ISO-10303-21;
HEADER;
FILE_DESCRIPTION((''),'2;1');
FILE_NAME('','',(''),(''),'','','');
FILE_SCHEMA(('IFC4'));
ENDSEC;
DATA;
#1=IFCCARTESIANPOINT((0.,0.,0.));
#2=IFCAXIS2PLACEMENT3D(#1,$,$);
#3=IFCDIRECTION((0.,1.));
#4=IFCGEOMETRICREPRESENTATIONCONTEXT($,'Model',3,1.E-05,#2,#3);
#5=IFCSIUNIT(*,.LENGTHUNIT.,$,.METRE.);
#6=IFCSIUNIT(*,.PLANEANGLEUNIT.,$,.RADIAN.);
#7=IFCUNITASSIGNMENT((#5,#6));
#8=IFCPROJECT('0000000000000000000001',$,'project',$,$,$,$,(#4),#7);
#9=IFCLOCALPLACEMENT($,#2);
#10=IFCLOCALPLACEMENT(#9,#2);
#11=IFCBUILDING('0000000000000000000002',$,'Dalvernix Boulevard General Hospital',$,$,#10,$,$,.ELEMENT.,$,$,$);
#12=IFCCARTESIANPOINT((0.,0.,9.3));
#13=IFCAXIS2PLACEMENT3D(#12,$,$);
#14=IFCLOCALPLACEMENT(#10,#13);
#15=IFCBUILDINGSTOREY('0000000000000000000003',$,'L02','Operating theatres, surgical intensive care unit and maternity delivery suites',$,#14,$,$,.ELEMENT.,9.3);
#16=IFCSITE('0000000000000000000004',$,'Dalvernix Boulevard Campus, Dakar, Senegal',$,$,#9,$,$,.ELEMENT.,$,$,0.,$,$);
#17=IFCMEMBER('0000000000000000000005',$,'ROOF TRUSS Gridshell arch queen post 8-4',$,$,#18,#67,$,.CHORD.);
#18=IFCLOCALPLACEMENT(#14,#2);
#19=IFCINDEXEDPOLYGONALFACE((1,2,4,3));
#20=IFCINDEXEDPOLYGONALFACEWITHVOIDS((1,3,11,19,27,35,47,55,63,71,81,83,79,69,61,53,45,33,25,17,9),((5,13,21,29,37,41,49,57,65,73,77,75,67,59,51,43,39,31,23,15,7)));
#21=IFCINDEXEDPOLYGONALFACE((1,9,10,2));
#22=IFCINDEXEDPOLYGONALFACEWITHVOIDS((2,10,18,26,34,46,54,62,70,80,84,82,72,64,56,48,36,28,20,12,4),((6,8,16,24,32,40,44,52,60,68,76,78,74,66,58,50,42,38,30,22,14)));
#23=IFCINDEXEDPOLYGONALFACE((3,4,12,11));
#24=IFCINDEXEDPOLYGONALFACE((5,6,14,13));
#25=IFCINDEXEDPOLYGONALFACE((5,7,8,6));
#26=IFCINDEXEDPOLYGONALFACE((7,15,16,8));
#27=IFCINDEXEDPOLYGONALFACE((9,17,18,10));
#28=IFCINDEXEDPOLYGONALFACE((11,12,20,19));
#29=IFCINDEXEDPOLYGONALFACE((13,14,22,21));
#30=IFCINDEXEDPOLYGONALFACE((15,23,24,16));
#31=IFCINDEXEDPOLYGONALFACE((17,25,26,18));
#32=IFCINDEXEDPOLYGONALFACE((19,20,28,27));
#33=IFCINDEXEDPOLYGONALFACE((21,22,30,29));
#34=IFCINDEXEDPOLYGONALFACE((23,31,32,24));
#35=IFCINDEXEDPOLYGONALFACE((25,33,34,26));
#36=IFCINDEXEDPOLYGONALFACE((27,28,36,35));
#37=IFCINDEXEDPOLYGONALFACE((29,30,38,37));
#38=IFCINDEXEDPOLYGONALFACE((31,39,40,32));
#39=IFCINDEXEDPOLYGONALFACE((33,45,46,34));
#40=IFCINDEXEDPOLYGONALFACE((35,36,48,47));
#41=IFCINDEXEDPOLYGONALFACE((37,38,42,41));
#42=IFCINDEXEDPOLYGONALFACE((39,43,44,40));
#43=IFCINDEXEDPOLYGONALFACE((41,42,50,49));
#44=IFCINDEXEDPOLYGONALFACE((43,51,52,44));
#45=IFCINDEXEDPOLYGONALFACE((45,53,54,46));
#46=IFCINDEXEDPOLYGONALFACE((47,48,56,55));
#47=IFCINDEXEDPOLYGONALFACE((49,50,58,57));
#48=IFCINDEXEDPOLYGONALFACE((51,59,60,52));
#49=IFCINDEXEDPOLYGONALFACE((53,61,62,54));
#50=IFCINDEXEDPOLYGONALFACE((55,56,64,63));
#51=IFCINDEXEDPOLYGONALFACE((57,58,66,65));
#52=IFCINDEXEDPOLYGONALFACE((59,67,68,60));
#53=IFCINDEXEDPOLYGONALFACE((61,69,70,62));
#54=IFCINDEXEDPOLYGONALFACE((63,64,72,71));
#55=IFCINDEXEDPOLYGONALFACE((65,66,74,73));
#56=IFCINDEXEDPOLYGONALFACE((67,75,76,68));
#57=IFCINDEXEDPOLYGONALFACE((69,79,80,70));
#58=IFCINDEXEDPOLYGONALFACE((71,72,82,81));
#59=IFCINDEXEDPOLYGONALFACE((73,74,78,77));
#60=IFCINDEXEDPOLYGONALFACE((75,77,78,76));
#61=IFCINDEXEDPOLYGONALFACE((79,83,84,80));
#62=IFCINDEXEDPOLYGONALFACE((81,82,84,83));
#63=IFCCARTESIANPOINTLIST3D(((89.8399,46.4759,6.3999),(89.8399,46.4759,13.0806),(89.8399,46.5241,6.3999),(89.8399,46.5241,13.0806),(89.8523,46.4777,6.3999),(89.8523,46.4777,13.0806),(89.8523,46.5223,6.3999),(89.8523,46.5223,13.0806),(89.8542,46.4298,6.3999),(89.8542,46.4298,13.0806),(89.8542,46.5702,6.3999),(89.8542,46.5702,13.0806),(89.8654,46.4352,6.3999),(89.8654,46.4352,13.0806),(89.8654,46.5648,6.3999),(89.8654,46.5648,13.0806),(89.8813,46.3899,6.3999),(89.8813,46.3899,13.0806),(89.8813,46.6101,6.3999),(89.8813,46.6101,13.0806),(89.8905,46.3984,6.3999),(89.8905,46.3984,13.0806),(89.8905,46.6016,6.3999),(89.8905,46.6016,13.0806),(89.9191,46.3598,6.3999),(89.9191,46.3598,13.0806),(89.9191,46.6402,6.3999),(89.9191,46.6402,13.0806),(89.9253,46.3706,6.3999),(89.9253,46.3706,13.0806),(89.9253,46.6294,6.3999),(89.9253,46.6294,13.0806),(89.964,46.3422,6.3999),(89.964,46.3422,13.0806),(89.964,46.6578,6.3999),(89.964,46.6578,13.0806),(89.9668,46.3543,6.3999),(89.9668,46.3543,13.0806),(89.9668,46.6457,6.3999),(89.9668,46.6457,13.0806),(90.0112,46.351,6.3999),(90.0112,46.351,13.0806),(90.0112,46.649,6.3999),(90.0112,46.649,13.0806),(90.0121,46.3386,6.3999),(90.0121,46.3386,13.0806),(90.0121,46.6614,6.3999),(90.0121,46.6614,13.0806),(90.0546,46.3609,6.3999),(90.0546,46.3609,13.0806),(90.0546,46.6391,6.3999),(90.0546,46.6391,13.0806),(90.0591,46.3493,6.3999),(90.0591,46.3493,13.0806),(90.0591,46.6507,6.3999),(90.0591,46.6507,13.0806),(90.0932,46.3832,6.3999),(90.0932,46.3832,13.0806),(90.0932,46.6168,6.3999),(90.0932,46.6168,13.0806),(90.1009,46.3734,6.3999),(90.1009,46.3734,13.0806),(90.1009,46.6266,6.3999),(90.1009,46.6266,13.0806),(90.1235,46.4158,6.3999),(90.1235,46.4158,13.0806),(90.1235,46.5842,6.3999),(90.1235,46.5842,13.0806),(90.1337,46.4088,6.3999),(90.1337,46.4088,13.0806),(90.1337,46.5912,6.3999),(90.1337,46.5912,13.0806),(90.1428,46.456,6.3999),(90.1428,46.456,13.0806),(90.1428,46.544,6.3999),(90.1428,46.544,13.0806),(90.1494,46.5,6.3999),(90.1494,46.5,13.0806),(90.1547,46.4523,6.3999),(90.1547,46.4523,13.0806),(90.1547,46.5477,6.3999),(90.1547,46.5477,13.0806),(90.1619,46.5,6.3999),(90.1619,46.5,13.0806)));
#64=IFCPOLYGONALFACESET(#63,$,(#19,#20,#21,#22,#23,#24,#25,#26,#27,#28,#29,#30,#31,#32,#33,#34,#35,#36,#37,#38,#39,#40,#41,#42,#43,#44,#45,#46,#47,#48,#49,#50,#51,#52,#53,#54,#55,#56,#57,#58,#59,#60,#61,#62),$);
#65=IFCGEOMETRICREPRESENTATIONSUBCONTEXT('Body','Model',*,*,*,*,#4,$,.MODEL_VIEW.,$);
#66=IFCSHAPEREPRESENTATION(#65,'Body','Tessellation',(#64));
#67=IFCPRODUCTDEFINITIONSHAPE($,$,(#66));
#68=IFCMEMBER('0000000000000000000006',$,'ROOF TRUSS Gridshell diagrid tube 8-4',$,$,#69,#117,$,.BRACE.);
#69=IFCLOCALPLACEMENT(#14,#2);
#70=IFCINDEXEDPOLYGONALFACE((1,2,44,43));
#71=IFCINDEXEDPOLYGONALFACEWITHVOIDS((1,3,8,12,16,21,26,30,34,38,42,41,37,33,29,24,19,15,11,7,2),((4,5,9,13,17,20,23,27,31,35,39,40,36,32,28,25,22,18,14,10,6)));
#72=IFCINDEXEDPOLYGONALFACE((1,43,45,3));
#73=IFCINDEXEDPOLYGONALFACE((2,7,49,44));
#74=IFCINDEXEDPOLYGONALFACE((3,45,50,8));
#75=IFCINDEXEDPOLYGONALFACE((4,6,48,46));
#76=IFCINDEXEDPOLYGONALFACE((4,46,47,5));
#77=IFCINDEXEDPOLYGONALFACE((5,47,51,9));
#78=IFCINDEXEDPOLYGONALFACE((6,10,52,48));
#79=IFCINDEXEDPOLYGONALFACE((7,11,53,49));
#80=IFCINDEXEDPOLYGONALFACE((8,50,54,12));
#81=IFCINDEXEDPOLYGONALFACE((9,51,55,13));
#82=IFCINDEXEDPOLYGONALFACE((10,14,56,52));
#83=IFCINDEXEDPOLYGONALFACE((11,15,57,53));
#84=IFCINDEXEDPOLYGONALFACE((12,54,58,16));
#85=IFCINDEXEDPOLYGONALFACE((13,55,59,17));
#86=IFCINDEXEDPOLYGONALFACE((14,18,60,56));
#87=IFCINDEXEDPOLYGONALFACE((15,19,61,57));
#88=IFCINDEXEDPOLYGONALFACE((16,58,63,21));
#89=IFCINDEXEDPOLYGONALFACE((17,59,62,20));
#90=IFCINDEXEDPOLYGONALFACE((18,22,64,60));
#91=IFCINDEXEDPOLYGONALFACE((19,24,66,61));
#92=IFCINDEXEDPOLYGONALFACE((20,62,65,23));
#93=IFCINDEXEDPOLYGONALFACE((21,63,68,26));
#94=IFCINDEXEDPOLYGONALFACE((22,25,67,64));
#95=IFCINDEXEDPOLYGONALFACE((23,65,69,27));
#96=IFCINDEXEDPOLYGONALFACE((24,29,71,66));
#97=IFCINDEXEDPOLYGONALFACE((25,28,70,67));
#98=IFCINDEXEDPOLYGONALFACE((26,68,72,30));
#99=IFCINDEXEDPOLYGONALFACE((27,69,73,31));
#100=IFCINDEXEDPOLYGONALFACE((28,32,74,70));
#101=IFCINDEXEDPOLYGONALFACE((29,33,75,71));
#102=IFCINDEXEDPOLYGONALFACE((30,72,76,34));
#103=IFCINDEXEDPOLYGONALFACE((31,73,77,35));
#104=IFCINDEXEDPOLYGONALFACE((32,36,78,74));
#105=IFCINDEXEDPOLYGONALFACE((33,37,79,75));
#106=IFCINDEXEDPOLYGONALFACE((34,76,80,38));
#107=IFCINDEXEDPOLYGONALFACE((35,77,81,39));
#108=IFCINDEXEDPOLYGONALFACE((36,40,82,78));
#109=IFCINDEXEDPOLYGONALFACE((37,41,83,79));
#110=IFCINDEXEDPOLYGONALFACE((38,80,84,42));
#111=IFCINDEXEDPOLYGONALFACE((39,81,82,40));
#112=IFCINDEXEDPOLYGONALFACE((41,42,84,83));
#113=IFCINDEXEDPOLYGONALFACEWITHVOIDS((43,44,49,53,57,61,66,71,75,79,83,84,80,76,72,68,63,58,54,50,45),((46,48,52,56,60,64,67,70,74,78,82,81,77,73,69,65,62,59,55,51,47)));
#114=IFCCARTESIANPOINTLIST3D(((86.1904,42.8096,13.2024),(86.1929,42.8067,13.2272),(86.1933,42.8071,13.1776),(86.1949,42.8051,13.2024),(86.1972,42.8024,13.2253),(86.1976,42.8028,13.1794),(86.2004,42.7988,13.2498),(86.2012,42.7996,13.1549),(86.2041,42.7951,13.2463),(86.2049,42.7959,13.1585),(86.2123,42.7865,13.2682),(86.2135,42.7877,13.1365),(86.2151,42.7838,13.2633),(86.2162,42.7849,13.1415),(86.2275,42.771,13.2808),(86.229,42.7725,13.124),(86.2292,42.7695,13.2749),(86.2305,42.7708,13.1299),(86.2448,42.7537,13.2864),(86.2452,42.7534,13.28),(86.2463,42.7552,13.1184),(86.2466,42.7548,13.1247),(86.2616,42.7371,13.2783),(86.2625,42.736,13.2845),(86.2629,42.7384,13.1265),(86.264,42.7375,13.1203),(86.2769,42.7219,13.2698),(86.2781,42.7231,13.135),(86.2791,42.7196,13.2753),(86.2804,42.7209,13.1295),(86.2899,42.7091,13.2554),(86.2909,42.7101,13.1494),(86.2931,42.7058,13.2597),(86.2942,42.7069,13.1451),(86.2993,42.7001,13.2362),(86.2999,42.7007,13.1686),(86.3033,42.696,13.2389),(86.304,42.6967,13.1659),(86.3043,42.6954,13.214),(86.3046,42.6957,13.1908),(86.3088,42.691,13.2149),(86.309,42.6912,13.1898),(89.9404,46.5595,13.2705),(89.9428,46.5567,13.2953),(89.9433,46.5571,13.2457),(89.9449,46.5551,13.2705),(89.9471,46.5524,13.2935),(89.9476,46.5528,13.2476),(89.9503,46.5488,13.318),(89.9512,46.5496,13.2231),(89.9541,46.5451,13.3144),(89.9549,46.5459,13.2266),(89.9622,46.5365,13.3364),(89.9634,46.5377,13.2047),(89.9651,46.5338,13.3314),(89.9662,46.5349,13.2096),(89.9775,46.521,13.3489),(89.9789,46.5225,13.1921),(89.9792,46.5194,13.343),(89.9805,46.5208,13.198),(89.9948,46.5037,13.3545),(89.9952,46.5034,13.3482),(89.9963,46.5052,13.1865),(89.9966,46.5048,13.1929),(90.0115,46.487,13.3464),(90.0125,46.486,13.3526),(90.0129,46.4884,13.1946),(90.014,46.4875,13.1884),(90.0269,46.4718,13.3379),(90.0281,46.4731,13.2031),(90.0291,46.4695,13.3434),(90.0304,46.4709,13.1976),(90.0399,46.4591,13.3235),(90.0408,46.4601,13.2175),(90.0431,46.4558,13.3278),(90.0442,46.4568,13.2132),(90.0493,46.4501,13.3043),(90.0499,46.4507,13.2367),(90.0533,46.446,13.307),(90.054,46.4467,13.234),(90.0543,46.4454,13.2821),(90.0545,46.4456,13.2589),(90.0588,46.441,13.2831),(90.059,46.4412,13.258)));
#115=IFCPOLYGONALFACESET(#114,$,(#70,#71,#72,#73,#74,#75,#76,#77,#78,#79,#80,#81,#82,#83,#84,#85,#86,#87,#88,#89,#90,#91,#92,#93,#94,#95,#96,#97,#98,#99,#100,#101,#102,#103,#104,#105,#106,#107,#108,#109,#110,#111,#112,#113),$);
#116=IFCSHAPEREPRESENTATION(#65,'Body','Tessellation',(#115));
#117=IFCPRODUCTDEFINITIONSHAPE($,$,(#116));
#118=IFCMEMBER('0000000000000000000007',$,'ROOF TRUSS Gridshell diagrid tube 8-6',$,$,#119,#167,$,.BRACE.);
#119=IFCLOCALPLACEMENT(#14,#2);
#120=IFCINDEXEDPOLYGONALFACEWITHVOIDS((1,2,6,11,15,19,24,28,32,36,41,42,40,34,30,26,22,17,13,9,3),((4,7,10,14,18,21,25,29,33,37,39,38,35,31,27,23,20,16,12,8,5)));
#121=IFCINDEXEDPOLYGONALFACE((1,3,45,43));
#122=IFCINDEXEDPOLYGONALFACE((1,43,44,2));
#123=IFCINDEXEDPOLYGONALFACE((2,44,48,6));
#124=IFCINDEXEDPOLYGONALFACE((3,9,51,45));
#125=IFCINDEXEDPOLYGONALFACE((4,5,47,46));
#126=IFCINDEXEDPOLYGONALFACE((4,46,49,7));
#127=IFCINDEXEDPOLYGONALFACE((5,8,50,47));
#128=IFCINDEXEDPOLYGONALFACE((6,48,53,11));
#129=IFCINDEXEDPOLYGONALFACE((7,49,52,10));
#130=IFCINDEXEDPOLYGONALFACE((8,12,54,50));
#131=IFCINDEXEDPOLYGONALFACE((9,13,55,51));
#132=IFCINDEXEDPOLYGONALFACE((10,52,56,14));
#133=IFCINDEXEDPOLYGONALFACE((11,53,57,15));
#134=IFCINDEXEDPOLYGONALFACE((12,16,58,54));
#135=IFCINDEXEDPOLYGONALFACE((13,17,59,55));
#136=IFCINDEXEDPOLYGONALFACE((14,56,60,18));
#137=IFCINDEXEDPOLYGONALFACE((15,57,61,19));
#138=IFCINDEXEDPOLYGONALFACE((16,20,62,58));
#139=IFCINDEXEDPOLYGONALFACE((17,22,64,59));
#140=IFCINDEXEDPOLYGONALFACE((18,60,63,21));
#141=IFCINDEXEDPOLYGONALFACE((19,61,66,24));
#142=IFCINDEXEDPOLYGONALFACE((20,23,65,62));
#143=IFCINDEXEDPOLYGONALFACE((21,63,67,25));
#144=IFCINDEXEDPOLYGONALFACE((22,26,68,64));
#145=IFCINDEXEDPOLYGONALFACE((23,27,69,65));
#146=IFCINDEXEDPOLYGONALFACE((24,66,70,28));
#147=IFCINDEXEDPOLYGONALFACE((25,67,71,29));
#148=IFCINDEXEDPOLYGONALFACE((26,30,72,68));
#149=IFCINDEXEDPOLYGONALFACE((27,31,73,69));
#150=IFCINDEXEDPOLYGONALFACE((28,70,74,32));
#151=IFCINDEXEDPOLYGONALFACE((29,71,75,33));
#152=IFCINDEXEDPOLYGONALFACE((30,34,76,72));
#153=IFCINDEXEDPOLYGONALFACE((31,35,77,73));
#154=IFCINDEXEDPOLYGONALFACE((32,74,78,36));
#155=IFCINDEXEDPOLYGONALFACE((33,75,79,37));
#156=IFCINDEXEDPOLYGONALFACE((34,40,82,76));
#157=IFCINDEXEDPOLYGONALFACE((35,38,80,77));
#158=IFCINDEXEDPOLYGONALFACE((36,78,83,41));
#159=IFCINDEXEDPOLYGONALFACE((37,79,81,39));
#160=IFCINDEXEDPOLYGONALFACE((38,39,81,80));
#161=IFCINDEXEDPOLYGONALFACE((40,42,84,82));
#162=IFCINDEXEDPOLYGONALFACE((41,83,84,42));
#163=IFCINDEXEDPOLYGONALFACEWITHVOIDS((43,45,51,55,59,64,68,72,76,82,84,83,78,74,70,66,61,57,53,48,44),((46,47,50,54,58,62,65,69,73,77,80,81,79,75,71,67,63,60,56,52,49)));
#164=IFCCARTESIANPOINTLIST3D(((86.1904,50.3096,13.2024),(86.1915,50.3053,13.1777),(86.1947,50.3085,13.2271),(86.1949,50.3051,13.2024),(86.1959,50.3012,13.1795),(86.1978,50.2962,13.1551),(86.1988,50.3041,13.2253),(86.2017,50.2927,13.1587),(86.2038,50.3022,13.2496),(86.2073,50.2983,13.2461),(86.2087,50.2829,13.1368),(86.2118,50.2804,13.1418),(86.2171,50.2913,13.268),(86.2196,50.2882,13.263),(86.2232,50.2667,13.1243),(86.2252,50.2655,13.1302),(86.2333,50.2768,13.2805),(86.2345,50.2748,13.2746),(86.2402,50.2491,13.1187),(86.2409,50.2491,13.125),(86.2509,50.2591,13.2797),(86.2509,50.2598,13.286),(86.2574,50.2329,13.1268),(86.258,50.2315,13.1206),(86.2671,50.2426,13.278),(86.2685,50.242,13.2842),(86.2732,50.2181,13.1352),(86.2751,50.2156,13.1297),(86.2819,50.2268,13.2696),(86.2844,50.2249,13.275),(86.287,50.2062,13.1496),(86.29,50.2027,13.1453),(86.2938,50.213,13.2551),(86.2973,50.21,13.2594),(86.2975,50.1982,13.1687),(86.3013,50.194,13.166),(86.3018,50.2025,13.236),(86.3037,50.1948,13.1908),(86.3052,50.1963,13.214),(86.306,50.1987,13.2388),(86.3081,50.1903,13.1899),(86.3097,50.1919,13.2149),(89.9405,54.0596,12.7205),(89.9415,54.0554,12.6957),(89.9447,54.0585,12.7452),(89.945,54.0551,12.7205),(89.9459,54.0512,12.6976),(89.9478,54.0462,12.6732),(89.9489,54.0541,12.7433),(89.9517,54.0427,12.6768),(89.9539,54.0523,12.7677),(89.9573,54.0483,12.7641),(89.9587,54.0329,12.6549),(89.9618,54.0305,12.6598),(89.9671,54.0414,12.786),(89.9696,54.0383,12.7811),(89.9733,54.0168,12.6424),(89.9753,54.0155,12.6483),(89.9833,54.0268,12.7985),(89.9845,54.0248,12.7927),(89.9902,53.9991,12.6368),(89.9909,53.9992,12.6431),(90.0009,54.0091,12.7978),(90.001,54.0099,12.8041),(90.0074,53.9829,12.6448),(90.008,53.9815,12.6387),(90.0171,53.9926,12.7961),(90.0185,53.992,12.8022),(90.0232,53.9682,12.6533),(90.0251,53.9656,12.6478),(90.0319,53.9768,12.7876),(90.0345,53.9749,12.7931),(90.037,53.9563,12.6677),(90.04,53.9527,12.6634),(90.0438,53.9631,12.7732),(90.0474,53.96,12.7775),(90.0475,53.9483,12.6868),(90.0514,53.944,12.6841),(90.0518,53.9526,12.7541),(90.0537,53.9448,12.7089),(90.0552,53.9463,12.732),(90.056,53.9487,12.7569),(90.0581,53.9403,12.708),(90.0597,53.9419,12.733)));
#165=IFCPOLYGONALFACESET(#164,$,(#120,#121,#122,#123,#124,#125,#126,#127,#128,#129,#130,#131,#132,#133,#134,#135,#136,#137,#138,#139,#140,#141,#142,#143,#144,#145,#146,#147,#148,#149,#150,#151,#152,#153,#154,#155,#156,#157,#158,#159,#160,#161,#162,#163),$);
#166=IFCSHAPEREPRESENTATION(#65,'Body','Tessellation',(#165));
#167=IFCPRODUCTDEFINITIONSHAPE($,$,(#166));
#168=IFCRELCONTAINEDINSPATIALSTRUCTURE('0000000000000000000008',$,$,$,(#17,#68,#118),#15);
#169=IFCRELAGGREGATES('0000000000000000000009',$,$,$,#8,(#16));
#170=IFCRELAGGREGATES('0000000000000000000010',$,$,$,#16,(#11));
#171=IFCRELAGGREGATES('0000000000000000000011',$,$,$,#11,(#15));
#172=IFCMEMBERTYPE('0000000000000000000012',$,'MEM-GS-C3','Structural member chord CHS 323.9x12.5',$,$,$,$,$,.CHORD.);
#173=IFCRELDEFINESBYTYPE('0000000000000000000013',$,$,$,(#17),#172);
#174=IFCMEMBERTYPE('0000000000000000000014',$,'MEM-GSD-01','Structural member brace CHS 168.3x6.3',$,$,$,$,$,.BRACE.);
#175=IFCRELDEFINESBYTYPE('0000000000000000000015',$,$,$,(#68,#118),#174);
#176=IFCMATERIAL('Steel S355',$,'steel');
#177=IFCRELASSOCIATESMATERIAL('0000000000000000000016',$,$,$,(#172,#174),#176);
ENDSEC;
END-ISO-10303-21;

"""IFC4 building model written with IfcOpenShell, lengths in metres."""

from ifc_helpers import new_model, si_unit, direction, frame, origin, origin_2d, place, context, subcontext, project, spatial, hollow_circle, extrude, material, material_profile, profile_set, type_object, element, save


model = new_model("IFC4")

# Units and contexts
model_context = context("Model", 3, precision=1e-05, world=origin(), true_north=direction((0.0, 1.0)))
body_context = subcontext(model_context, "Body", "Model", "MODEL_VIEW")
ifc_project = project(units=[si_unit("LENGTHUNIT", "METRE"), si_unit("PLANEANGLEUNIT", "RADIAN")], contexts=[model_context])

# Site, building, storey
site_placement = place(None, origin())
site = spatial("IfcSite", under=ifc_project, at=site_placement, Name="Dalvernix Boulevard Campus, Dakar, Senegal", CompositionType="ELEMENT", RefElevation=0.0)
building_placement = place(site_placement, origin())
building = spatial("IfcBuilding", under=site, at=building_placement, Name="Dalvernix Boulevard General Hospital", CompositionType="ELEMENT")
storey_placement = place(building_placement, frame((0.0, 0.0, 9.3)))
storey = spatial("IfcBuildingStorey", under=building, at=storey_placement, Name="L02", Description="Operating theatres, surgical intensive care unit and maternity delivery suites", CompositionType="ELEMENT", Elevation=9.3)

# Members
ifc_material_1 = material(Name="Steel S355", Category="steel")
ifc_material_profile_1 = material_profile(ifc_material_1, hollow_circle(Radius=0.1619, WallThickness=0.0125, at=origin_2d()), Name="CHS 323.9x12.5")
ifc_profile_set_1 = profile_set([ifc_material_profile_1], Name="Steel S355")
member_type_1 = type_object("IfcMemberType", Name="MEM-GS-C3", Description="Structural member chord CHS 323.9x12.5", PredefinedType="CHORD", material=ifc_profile_set_1)
member_1_placement = place(storey_placement, frame((90.0, 46.5, 6.3999), z_axis=(0.0, 0.0, 1.0), x_axis=(1.0, 0.0, 0.0)))
element("IfcMember", 1, at=member_1_placement, inside=storey, type_object=member_type_1, Name="ROOF TRUSS Gridshell arch queen post 8-4", PredefinedType="CHORD", context=body_context, shape_type="SweptSolid", body=[
    extrude(hollow_circle(Radius=0.1619, WallThickness=0.0125, at=origin_2d()), origin(), (0.0, 0.0, 1.0), 6.6807),
])
ifc_material_profile_2 = material_profile(ifc_material_1, hollow_circle(Radius=0.0842, WallThickness=0.0063, at=origin_2d()), Name="CHS 168.3x6.3")
ifc_profile_set_2 = profile_set([ifc_material_profile_2], Name="Steel S355")
member_type_2 = type_object("IfcMemberType", Name="MEM-GSD-01", Description="Structural member brace CHS 168.3x6.3", PredefinedType="BRACE", material=ifc_profile_set_2)
member_2_placement = place(storey_placement, frame((86.25, 42.75, 13.2024), z_axis=(0.707048, 0.707048, 0.012843), x_axis=(-0.707107, 0.707107, 0.0)))
element("IfcMember", 2, at=member_2_placement, inside=storey, type_object=member_type_2, Name="ROOF TRUSS Gridshell diagrid tube 8-4", PredefinedType="BRACE", context=body_context, shape_type="SweptSolid", body=[
    extrude(hollow_circle(Radius=0.0842, WallThickness=0.0063, at=origin_2d()), origin(), (0.0, 0.0, 1.0), 5.3037),
])
member_3_placement = place(storey_placement, frame((86.25, 50.25, 13.2024), z_axis=(0.704205, 0.704205, -0.090501), x_axis=(-0.707107, 0.707107, 0.0)))
element("IfcMember", 3, at=member_3_placement, inside=storey, type_object=member_type_2, Name="ROOF TRUSS Gridshell diagrid tube 8-6", PredefinedType="BRACE", context=body_context, shape_type="SweptSolid", body=[
    extrude(hollow_circle(Radius=0.0842, WallThickness=0.0063, at=origin_2d()), origin(), (0.0, 0.0, 1.0), 5.3252),
])

save(model, "model.ifc")
